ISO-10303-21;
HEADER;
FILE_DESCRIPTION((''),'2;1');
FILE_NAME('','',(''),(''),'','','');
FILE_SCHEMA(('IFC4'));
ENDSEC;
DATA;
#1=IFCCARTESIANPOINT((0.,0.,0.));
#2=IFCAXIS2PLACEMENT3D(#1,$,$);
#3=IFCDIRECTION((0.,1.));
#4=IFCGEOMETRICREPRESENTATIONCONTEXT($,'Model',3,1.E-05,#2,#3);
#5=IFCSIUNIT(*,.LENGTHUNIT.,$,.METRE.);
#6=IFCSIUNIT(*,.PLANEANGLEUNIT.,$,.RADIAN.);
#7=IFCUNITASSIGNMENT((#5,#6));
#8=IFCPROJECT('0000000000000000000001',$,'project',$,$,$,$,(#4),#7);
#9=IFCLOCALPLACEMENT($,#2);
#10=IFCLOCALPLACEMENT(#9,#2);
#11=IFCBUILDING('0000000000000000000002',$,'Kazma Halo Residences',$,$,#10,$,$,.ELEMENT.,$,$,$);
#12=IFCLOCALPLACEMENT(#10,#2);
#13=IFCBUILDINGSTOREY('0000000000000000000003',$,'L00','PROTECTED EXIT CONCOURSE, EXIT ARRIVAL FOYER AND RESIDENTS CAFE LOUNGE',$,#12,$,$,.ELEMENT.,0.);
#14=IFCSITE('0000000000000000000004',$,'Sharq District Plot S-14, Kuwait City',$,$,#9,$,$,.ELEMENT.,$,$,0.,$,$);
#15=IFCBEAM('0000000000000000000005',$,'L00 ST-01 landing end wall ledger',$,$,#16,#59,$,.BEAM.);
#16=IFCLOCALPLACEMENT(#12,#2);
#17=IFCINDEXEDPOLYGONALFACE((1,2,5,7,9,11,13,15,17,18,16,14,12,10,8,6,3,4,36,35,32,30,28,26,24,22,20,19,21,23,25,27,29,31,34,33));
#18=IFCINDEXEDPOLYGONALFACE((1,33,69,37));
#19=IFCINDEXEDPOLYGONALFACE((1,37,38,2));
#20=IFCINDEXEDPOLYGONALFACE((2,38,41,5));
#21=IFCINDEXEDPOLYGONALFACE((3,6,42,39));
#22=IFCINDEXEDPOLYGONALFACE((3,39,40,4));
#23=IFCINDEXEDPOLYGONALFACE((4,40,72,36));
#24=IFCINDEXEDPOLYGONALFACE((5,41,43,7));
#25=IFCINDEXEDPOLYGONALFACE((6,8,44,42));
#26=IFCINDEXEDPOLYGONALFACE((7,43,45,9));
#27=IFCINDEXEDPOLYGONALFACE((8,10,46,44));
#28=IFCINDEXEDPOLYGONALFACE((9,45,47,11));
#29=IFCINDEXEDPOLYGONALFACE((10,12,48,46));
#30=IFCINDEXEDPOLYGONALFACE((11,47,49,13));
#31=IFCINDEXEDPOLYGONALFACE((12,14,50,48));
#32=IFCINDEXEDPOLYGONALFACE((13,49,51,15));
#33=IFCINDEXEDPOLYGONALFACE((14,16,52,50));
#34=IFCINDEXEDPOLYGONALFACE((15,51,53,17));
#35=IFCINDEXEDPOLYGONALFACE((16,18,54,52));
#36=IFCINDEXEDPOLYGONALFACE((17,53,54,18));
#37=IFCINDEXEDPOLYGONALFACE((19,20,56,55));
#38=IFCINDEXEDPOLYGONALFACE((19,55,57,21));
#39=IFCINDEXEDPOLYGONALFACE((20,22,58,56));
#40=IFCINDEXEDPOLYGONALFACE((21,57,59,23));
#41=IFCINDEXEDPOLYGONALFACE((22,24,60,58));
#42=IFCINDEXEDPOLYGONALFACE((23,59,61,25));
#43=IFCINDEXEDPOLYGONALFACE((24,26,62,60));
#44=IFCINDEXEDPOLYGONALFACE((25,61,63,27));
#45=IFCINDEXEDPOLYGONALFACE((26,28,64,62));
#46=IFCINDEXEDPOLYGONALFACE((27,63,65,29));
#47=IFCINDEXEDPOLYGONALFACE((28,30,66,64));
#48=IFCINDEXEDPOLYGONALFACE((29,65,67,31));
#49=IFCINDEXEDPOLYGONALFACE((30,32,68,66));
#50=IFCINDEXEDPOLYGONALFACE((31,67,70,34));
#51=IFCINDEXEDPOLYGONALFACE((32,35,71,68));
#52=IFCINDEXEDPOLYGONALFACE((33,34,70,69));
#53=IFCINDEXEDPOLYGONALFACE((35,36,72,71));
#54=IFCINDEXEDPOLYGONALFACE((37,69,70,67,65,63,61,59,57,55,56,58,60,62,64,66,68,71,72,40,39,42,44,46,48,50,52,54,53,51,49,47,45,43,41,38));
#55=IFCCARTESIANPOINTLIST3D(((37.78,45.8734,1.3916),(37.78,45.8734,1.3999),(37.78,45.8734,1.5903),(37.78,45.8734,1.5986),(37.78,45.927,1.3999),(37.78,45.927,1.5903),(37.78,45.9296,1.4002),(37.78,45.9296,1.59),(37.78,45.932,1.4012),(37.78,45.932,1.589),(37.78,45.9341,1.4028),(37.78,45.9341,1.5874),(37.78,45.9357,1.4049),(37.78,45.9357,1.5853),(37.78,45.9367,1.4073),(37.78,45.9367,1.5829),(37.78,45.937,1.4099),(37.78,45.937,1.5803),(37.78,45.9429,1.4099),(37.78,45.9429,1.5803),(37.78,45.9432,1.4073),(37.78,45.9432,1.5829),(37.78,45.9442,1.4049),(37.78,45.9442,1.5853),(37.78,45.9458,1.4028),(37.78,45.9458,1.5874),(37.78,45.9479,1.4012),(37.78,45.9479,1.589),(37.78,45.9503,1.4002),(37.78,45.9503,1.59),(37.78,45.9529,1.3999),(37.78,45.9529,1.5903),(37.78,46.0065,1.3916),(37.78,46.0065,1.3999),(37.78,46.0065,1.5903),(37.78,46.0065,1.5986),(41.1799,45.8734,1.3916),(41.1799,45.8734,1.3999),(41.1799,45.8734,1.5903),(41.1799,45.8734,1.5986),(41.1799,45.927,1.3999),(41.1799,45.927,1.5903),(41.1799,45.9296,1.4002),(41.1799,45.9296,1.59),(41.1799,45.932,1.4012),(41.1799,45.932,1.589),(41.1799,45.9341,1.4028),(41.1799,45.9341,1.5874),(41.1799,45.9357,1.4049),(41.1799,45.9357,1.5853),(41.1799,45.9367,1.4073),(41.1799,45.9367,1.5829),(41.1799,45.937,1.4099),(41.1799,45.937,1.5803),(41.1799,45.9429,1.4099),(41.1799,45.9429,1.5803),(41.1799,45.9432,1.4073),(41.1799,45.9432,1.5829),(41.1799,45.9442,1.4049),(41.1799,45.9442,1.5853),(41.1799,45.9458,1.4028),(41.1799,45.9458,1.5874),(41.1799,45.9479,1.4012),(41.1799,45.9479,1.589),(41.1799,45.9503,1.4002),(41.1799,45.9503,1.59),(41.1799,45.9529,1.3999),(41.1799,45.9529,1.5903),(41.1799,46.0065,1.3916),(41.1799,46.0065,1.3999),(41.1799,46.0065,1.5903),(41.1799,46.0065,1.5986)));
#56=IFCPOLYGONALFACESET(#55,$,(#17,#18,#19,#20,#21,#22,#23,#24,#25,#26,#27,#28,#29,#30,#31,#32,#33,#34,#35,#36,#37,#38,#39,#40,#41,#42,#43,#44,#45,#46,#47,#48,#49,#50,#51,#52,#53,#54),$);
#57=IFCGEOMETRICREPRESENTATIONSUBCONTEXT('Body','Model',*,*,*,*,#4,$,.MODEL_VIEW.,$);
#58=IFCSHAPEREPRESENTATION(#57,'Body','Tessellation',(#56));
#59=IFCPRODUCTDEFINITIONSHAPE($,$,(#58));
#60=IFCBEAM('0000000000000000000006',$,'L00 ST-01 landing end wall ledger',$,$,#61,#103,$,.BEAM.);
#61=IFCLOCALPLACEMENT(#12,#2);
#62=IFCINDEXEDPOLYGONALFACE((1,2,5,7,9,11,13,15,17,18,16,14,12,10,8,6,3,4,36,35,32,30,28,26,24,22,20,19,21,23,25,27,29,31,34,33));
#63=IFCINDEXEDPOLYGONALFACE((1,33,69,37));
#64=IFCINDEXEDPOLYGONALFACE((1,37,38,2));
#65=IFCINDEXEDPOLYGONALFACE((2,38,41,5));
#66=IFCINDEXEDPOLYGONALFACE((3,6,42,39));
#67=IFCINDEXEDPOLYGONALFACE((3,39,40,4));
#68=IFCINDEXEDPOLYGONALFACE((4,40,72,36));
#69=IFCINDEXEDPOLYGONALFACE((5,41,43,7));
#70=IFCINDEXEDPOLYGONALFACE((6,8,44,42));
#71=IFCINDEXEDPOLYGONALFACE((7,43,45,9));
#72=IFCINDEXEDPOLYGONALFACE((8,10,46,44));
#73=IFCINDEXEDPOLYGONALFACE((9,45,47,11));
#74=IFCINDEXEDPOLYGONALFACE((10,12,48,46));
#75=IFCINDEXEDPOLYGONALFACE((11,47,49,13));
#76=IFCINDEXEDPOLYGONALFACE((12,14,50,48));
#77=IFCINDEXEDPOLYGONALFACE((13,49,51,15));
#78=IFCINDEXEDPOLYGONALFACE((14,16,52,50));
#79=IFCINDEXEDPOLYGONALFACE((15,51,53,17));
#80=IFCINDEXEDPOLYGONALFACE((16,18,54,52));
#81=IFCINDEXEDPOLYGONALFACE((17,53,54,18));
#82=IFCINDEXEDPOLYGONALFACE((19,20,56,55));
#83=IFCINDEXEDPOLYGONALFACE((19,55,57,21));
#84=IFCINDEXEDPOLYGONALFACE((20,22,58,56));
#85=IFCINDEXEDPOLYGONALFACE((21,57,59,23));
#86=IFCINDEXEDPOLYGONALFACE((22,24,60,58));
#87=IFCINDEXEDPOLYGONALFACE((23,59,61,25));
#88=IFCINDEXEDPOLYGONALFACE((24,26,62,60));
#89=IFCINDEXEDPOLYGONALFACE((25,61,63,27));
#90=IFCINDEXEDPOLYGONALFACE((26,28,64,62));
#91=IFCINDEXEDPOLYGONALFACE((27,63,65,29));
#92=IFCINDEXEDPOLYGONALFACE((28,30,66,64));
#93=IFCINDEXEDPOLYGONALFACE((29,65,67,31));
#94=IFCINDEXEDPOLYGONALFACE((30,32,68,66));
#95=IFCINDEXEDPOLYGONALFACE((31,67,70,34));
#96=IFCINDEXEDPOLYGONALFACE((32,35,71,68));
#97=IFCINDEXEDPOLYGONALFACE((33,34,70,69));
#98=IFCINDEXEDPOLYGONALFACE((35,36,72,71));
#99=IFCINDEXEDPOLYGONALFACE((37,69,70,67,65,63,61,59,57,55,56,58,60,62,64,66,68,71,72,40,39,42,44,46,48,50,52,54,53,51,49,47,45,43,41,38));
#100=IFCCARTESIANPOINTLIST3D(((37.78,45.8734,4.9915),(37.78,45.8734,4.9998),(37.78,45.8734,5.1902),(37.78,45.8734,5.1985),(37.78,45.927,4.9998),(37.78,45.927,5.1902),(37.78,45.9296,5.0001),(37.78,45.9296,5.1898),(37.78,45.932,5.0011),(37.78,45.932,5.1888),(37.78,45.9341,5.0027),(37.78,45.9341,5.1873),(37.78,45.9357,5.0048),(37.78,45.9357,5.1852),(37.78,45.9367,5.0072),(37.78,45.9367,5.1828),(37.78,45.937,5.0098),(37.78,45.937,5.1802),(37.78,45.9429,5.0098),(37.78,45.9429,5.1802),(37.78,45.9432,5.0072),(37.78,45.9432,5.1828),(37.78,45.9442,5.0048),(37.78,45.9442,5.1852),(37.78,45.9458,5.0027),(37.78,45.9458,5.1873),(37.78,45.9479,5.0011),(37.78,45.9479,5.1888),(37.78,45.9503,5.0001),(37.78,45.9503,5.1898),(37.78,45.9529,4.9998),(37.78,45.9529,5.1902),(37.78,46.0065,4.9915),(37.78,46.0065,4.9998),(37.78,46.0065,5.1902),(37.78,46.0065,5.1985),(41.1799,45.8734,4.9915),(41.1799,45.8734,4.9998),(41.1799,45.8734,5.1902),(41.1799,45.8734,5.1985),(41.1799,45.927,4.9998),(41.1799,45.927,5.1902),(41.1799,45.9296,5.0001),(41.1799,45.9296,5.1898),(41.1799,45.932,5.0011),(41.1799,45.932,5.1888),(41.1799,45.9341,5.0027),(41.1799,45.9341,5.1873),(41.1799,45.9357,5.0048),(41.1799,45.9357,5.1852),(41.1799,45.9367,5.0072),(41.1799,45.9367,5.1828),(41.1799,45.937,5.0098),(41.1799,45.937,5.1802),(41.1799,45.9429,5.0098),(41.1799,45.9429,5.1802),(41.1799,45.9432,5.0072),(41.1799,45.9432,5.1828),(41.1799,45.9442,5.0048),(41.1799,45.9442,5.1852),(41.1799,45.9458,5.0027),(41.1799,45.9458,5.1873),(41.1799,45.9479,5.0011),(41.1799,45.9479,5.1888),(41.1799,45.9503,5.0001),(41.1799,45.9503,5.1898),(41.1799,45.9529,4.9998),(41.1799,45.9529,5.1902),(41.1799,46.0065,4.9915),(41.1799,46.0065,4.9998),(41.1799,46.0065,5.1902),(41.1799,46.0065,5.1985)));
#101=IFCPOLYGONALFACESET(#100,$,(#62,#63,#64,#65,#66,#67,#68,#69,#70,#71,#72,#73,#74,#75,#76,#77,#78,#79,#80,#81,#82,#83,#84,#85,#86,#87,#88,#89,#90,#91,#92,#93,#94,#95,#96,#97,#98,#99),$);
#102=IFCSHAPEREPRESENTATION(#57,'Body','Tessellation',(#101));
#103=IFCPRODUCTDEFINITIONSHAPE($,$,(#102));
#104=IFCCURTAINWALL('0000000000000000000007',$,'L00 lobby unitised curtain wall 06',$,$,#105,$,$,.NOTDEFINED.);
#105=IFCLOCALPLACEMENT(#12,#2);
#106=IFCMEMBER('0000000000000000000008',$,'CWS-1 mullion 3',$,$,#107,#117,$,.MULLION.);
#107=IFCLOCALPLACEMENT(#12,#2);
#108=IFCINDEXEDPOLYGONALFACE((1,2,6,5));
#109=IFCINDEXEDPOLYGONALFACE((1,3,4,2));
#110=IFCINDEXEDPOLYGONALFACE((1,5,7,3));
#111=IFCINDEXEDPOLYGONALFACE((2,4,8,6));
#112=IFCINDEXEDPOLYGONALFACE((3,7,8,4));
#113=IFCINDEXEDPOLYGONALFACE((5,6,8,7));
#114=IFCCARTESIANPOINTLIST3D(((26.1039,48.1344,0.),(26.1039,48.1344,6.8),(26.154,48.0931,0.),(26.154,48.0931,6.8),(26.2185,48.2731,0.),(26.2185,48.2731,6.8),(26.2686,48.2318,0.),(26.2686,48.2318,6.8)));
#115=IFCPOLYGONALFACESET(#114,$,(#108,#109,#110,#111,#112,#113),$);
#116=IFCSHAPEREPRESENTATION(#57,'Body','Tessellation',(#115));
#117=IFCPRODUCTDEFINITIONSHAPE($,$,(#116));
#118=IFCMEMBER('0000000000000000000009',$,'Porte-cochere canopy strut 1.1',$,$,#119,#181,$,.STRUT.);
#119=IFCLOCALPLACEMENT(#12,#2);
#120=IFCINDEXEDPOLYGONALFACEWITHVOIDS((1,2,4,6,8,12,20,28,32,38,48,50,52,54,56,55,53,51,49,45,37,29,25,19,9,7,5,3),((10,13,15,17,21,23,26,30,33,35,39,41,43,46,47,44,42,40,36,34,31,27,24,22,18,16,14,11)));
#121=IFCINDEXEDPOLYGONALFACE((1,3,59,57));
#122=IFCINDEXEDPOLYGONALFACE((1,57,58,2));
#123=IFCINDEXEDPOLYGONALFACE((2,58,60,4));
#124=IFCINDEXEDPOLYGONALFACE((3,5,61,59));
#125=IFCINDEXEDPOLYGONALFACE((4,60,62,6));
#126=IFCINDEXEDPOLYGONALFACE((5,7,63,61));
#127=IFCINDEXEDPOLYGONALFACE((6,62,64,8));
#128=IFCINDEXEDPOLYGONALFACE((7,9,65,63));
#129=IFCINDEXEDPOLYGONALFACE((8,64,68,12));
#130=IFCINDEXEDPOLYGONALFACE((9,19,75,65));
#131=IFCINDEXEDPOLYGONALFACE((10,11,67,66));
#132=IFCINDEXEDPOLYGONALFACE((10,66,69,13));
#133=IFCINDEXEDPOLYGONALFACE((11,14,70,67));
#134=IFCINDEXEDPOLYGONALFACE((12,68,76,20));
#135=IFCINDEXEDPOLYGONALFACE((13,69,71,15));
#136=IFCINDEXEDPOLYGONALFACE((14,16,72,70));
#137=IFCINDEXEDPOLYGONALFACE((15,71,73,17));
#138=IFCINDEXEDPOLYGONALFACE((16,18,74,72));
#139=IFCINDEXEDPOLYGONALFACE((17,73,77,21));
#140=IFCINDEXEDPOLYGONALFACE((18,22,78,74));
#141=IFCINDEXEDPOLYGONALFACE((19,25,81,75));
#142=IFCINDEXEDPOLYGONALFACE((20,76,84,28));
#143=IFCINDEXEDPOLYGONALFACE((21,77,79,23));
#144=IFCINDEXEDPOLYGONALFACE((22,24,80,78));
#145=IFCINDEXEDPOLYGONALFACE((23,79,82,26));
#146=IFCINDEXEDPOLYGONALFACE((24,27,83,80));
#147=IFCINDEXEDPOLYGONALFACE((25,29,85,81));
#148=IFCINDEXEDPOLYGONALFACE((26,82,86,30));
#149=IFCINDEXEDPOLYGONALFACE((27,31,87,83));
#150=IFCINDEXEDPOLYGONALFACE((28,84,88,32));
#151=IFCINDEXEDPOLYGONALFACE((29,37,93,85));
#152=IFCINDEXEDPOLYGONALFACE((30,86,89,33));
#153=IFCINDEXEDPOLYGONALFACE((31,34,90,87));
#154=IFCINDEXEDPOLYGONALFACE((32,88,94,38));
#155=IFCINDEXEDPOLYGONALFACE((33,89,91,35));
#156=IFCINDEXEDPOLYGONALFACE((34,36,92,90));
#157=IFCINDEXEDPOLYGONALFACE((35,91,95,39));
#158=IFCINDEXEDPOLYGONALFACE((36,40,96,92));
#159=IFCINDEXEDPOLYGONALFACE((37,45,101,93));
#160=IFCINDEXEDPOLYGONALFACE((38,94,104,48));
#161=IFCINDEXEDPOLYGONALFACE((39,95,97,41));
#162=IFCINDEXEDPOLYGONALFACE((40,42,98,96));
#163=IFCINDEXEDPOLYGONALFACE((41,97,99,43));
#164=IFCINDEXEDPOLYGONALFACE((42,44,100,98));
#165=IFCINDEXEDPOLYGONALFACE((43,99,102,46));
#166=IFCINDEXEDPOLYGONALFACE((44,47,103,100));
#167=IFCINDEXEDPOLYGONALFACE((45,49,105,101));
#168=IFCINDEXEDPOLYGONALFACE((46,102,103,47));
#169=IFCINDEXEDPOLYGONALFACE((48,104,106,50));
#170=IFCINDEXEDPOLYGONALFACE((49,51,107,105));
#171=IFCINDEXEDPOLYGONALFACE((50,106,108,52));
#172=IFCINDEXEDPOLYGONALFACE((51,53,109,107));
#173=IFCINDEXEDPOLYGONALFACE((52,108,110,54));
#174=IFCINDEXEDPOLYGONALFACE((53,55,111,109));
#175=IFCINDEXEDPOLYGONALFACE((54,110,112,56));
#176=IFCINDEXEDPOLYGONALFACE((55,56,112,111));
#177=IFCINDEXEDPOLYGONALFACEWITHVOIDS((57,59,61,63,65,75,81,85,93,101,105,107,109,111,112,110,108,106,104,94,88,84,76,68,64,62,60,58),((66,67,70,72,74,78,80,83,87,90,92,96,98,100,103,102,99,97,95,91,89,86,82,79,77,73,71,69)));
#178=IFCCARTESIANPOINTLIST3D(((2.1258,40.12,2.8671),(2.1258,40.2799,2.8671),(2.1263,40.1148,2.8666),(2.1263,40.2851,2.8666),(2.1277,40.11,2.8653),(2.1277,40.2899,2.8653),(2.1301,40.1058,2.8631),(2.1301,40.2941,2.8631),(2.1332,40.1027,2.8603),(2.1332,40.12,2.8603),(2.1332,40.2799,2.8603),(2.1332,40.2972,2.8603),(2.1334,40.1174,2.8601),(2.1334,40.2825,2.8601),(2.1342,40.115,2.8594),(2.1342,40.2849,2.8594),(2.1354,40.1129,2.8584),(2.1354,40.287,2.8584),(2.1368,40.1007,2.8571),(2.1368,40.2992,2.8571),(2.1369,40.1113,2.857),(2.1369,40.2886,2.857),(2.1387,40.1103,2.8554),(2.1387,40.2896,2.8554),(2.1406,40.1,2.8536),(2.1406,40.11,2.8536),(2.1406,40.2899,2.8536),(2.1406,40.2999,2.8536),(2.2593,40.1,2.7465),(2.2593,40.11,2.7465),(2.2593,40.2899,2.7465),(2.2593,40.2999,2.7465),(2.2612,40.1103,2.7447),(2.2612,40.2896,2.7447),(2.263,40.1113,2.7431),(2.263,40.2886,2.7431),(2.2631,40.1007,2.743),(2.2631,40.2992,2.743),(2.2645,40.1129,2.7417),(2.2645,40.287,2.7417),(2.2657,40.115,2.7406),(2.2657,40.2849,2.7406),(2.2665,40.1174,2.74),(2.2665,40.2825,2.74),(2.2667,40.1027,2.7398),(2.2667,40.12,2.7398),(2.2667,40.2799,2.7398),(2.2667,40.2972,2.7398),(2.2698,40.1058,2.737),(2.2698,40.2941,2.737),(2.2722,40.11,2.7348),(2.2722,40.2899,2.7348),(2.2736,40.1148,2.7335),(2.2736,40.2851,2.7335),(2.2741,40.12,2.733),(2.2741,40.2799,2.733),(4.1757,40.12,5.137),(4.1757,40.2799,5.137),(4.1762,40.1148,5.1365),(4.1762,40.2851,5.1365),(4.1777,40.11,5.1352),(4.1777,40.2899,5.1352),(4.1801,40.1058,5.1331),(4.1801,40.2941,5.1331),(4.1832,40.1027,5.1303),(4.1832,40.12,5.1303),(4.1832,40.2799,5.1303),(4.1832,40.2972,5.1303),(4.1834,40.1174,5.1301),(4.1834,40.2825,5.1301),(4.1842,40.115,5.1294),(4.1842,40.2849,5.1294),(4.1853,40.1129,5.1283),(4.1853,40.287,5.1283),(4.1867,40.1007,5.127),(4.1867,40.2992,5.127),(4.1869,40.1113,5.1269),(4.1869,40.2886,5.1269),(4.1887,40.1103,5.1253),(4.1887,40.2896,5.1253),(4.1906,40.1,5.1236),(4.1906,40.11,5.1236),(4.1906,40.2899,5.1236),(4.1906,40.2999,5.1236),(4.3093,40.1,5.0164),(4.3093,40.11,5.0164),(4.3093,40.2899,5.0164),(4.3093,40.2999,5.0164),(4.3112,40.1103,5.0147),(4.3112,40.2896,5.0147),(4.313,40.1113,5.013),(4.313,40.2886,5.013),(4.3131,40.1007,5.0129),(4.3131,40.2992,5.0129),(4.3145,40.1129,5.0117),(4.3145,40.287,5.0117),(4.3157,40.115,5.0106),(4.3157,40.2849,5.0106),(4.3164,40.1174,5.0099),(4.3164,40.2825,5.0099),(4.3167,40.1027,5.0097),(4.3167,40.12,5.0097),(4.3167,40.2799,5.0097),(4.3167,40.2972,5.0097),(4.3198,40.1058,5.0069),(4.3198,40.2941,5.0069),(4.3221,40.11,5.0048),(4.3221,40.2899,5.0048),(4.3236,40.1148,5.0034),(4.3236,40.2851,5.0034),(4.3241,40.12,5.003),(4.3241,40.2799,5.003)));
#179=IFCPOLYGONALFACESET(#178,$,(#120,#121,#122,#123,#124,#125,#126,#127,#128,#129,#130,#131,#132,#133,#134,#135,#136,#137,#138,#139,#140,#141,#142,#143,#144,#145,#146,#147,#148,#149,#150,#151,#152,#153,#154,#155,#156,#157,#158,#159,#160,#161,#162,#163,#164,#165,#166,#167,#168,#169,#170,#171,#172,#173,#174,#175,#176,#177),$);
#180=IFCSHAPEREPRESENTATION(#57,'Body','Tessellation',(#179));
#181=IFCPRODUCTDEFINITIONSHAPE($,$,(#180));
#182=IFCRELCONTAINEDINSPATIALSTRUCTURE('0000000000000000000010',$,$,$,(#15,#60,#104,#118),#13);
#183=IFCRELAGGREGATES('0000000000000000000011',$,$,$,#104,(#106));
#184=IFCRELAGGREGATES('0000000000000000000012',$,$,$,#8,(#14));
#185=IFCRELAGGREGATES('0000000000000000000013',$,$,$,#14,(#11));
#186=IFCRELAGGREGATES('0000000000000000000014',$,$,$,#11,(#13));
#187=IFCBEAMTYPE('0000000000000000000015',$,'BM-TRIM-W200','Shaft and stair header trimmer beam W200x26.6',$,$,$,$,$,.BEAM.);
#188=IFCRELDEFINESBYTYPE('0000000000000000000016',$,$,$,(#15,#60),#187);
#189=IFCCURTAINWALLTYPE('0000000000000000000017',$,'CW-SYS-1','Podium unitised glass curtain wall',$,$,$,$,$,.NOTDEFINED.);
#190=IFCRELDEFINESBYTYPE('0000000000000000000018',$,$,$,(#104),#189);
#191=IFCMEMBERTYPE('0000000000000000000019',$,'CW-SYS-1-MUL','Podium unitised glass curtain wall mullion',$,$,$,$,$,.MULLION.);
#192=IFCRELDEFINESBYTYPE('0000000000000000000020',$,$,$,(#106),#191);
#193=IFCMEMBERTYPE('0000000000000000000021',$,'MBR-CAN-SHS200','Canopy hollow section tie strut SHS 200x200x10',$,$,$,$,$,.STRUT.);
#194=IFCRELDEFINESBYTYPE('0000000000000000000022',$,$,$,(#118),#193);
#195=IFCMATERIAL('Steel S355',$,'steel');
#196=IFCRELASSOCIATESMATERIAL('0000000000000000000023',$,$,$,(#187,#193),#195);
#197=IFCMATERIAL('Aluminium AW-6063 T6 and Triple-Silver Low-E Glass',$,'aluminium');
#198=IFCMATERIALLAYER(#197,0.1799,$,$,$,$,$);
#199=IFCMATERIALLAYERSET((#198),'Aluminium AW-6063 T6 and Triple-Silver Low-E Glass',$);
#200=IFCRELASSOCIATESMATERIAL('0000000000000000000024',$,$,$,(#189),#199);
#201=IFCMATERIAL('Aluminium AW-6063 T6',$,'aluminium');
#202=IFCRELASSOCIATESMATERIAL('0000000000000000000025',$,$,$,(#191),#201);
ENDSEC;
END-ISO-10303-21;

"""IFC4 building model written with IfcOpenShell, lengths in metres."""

from ifc_helpers import new_model, si_unit, direction, frame, origin, origin_2d, place, context, subcontext, project, spatial, rectangle, hollow_rectangle, i_section, extrude, material, layer, layer_set, material_profile, profile_set, type_object, element, aggregate, save


model = new_model("IFC4")

# Units and contexts
model_context = context("Model", 3, precision=1e-05, world=origin(), true_north=direction((0.0, 1.0)))
body_context = subcontext(model_context, "Body", "Model", "MODEL_VIEW")
ifc_project = project(units=[si_unit("LENGTHUNIT", "METRE"), si_unit("PLANEANGLEUNIT", "RADIAN")], contexts=[model_context])

# Site, building, storey
site_placement = place(None, origin())
site = spatial("IfcSite", under=ifc_project, at=site_placement, Name="Sharq District Plot S-14, Kuwait City", CompositionType="ELEMENT", RefElevation=0.0)
building_placement = place(site_placement, origin())
building = spatial("IfcBuilding", under=site, at=building_placement, Name="Kazma Halo Residences", CompositionType="ELEMENT")
storey_placement = place(building_placement, origin())
storey = spatial("IfcBuildingStorey", under=building, at=storey_placement, Name="L00", Description="PROTECTED EXIT CONCOURSE, EXIT ARRIVAL FOYER AND RESIDENTS CAFE LOUNGE", CompositionType="ELEMENT", Elevation=0.0)

# Shared definitions
ifc_material_1 = material(Name="Steel S355", Category="steel")

# Beams
ifc_material_profile_1 = material_profile(ifc_material_1, i_section(OverallWidth=0.1331, OverallDepth=0.207, WebThickness=0.0059, FlangeThickness=0.0083, FilletRadius=0.01, at=origin_2d()), Name="W200x26.6")
ifc_profile_set_1 = profile_set([ifc_material_profile_1], Name="Steel S355")
beam_type_1 = type_object("IfcBeamType", Name="BM-TRIM-W200", Description="Shaft and stair header trimmer beam W200x26.6", PredefinedType="BEAM", material=ifc_profile_set_1)
for number, where, z_axis, x_axis, name in (
    (1, (37.78, 45.9399, 1.4951), (1.0, 0.0, 0.0), (0.0, 1.0, 0.0), "L00 ST-01 landing end wall ledger"),
    (2, (37.78, 45.9399, 5.095), (1.0, 0.0, 0.0), (0.0, 1.0, 0.0), "L00 ST-01 landing end wall ledger"),
):
    element("IfcBeam", number, at=place(storey_placement, frame(where, z_axis=z_axis, x_axis=x_axis)), inside=storey, type_object=beam_type_1, Name=name, PredefinedType="BEAM", context=body_context, shape_type="SweptSolid", body=[
        extrude(i_section(OverallWidth=0.1331, OverallDepth=0.207, WebThickness=0.0059, FlangeThickness=0.0083, FilletRadius=0.01, at=origin_2d()), origin(), (0.0, 0.0, 1.0), 3.3999),
    ])

# Curtain wall, member
ifc_material_2 = material(Name="Aluminium AW-6063 T6 and Triple-Silver Low-E Glass", Category="aluminium")
ifc_layer_1 = layer(ifc_material_2, 0.1799)
ifc_layer_set_1 = layer_set([ifc_layer_1], Name="Aluminium AW-6063 T6 and Triple-Silver Low-E Glass")
curtain_wall_type = type_object("IfcCurtainWallType", Name="CW-SYS-1", Description="Podium unitised glass curtain wall", PredefinedType="NOTDEFINED", material=ifc_layer_set_1)
curtain_wall_placement = place(storey_placement, origin())
curtain_wall = element("IfcCurtainWall", 3, at=curtain_wall_placement, inside=storey, type_object=curtain_wall_type, Name="L00 lobby unitised curtain wall 06", PredefinedType="NOTDEFINED")
ifc_material_3 = material(Name="Aluminium AW-6063 T6", Category="aluminium")
ifc_material_profile_2 = material_profile(ifc_material_3, rectangle(XDim=0.0649, YDim=0.1799, at=origin_2d()), Name="CWM-65x180")
ifc_profile_set_2 = profile_set([ifc_material_profile_2], Name="Aluminium AW-6063 T6")
member_type_1 = type_object("IfcMemberType", Name="CW-SYS-1-MUL", Description="Podium unitised glass curtain wall mullion", PredefinedType="MULLION", material=ifc_profile_set_2)
member_placement = place(storey_placement, frame((26.1863, 48.1831, 0.0), z_axis=(0.0, 0.0, 1.0), x_axis=(0.770944, -0.636903, 0.0)))
member = element("IfcMember", 4, at=member_placement, type_object=member_type_1, Name="CWS-1 mullion 3", PredefinedType="MULLION", context=body_context, shape_type="SweptSolid", body=[
    extrude(rectangle(XDim=0.0649, YDim=0.1799, at=origin_2d()), origin(), (0.0, 0.0, 1.0), 6.8),
])

# Member
ifc_material_profile_3 = material_profile(ifc_material_1, hollow_rectangle(XDim=0.2, YDim=0.2, WallThickness=0.01, InnerFilletRadius=0.01, OuterFilletRadius=0.02, at=origin_2d()), Name="SHS200x200x10")
ifc_profile_set_3 = profile_set([ifc_material_profile_3], Name="Steel S355")
member_type_2 = type_object("IfcMemberType", Name="MBR-CAN-SHS200", Description="Canopy hollow section tie strut SHS 200x200x10", PredefinedType="STRUT", material=ifc_profile_set_3)
for number, where, z_axis, x_axis, name in (
    (5, (2.2, 40.2, 2.8), (0.670234, 0.0, 0.74215), (0.0, 1.0, 0.0), "Porte-cochere canopy strut 1.1"),
):
    element("IfcMember", number, at=place(storey_placement, frame(where, z_axis=z_axis, x_axis=x_axis)), inside=storey, type_object=member_type_2, Name=name, PredefinedType="STRUT", context=body_context, shape_type="SweptSolid", body=[
        extrude(hollow_rectangle(XDim=0.2, YDim=0.2, WallThickness=0.01, InnerFilletRadius=0.01, OuterFilletRadius=0.02, at=origin_2d()), origin(), (0.0, 0.0, 1.0), 3.0586),
    ])

aggregate(curtain_wall, [member])

save(model, "model.ifc")
